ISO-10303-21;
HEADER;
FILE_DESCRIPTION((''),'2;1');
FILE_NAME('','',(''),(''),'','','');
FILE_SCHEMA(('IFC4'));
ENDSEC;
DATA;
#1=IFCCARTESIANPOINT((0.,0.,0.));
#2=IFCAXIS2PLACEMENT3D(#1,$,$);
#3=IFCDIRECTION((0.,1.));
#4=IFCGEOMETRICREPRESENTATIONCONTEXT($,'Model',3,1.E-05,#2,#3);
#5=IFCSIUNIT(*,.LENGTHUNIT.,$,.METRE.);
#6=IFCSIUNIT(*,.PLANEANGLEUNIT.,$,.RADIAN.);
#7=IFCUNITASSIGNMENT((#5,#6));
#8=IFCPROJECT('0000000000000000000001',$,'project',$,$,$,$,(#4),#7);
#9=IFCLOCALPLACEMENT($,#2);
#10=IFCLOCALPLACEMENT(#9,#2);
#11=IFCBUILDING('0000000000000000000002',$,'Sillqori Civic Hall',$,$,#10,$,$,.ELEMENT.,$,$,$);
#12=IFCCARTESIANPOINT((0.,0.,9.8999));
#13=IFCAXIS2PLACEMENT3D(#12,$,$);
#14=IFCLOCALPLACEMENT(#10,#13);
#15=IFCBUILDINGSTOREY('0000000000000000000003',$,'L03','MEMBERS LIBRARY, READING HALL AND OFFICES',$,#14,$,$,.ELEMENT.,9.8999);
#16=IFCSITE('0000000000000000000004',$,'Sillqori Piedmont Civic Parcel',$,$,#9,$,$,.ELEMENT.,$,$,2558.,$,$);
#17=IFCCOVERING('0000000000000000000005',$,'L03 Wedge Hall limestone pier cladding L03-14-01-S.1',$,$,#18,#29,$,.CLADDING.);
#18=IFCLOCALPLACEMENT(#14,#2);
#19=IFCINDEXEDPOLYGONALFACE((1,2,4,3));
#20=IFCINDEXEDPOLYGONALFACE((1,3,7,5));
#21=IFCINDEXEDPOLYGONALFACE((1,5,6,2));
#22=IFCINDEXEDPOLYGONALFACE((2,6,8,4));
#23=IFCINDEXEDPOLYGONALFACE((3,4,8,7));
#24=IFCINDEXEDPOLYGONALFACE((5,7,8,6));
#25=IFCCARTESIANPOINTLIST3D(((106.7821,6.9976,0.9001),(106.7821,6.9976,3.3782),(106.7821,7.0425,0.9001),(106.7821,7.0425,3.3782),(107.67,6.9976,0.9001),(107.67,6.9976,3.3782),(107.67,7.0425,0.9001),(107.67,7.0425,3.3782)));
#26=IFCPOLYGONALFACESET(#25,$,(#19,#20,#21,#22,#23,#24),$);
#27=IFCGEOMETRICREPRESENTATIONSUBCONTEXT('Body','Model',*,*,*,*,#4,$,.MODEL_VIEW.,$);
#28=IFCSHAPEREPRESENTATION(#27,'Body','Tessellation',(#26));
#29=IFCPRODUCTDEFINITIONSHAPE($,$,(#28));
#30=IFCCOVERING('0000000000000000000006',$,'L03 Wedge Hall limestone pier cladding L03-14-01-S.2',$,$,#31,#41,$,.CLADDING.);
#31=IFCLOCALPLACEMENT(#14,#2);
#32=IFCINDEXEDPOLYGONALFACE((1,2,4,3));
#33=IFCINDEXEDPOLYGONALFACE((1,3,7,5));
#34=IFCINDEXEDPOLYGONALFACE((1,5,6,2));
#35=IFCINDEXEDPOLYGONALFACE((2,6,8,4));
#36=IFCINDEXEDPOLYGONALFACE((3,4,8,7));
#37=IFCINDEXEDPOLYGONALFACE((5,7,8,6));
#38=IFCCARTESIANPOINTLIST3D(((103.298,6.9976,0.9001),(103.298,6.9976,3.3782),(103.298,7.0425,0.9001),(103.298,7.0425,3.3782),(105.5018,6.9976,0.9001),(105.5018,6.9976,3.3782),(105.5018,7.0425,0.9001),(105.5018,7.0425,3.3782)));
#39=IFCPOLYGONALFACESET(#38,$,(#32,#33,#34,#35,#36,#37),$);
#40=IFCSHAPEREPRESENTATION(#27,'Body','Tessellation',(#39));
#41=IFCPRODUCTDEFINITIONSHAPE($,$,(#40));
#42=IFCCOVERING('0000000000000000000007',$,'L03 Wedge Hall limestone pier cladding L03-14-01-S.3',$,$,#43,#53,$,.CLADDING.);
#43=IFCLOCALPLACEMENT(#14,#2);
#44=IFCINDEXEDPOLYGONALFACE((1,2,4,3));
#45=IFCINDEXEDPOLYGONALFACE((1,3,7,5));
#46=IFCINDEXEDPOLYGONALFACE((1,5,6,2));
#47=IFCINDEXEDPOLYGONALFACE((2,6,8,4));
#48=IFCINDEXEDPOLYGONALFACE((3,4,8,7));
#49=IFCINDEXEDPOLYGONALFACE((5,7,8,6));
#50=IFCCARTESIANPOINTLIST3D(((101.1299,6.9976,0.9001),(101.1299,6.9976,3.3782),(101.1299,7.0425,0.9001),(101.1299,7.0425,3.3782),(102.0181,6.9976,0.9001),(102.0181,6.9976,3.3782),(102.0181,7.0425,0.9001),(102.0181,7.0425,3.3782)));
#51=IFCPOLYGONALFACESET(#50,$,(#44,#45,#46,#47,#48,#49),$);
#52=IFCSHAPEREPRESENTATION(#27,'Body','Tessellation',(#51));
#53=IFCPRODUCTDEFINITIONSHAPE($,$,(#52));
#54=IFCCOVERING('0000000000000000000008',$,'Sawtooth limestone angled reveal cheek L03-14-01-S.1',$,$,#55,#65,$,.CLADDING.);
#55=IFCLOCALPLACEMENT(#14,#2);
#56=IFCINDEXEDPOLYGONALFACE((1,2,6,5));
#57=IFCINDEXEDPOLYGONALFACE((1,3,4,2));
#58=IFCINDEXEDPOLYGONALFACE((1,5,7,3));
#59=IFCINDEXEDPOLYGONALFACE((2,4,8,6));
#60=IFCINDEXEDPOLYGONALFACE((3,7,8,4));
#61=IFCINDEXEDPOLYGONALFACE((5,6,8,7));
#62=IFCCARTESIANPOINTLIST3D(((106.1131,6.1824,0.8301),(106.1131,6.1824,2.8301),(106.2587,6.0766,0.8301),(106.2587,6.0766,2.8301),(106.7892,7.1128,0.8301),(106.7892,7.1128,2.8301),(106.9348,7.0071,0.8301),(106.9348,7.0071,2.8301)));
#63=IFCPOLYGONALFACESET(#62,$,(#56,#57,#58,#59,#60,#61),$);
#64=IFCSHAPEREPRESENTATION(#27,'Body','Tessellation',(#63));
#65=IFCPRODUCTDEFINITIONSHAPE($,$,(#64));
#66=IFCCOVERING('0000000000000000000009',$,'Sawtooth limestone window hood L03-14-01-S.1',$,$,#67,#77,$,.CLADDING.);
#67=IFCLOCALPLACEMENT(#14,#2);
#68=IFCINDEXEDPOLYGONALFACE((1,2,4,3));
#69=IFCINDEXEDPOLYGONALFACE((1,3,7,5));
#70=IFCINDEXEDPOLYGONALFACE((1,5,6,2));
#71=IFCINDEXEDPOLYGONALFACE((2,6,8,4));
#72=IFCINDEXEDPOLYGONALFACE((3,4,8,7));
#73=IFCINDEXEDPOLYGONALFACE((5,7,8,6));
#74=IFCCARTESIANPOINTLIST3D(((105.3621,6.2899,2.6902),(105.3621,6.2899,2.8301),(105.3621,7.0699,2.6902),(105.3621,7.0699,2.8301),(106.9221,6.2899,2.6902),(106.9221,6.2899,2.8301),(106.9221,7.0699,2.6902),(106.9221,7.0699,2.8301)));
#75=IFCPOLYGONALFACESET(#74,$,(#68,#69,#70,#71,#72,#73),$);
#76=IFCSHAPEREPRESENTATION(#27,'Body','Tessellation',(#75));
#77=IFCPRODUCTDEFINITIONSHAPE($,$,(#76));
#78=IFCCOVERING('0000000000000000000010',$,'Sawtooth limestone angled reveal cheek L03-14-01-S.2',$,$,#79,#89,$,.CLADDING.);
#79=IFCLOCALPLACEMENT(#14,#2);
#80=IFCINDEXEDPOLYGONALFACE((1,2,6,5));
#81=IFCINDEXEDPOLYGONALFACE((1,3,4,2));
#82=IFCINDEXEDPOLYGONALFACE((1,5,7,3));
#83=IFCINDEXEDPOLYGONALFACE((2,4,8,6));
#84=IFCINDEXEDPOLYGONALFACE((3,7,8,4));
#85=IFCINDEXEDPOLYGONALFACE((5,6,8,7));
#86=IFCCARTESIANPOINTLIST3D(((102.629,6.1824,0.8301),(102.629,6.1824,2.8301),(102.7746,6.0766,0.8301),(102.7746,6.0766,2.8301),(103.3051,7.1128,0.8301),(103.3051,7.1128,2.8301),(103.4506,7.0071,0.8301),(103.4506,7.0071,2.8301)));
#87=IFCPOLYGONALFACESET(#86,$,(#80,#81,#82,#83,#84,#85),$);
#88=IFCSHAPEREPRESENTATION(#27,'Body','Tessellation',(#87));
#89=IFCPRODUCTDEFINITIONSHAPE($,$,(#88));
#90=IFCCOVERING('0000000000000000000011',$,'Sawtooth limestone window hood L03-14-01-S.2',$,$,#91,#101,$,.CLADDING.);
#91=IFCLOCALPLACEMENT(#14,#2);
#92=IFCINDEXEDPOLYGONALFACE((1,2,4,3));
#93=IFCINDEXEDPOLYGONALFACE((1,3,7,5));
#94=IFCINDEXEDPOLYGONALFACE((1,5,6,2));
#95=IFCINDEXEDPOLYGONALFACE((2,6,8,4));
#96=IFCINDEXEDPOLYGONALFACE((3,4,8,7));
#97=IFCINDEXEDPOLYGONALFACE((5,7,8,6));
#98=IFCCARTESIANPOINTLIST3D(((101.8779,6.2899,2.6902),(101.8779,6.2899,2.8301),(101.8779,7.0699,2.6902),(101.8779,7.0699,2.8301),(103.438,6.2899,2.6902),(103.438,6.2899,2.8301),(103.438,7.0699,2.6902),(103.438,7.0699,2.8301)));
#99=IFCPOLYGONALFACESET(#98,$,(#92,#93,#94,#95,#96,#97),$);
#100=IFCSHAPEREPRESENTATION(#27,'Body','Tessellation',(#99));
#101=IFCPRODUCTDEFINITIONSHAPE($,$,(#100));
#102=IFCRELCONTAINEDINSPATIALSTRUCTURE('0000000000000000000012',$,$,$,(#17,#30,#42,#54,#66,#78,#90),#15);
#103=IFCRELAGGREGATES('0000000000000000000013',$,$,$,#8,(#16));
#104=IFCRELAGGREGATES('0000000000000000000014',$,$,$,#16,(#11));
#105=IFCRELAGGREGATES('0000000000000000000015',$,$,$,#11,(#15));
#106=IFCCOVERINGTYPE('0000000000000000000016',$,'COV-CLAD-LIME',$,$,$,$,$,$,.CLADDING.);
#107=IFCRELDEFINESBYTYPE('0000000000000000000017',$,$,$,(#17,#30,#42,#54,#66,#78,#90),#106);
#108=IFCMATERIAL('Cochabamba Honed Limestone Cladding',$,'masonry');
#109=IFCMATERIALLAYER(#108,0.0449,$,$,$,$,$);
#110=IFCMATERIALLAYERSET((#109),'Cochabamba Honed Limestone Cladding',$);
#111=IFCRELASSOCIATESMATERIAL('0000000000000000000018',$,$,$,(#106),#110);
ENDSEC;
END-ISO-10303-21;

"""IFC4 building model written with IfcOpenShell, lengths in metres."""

from ifc_helpers import new_model, si_unit, direction, frame, frame_2d, origin, place, context, subcontext, project, spatial, rectangle, extrude, material, layer, layer_set, type_object, element, save


model = new_model("IFC4")

# Units and contexts
model_context = context("Model", 3, precision=1e-05, world=origin(), true_north=direction((0.0, 1.0)))
body_context = subcontext(model_context, "Body", "Model", "MODEL_VIEW")
ifc_project = project(units=[si_unit("LENGTHUNIT", "METRE"), si_unit("PLANEANGLEUNIT", "RADIAN")], contexts=[model_context])

# Site, building, storey
site_placement = place(None, origin())
site = spatial("IfcSite", under=ifc_project, at=site_placement, Name="Sillqori Piedmont Civic Parcel", CompositionType="ELEMENT", RefElevation=2558.0)
building_placement = place(site_placement, origin())
building = spatial("IfcBuilding", under=site, at=building_placement, Name="Sillqori Civic Hall", CompositionType="ELEMENT")
storey_placement = place(building_placement, frame((0.0, 0.0, 9.8999)))
storey = spatial("IfcBuildingStorey", under=building, at=storey_placement, Name="L03", Description="MEMBERS LIBRARY, READING HALL AND OFFICES", CompositionType="ELEMENT", Elevation=9.8999)

# Coverings
ifc_material_1 = material(Name="Cochabamba Honed Limestone Cladding", Category="masonry")
ifc_layer_1 = layer(ifc_material_1, 0.0449)
ifc_layer_set_1 = layer_set([ifc_layer_1], Name="Cochabamba Honed Limestone Cladding")
covering_type = type_object("IfcCoveringType", Name="COV-CLAD-LIME", PredefinedType="CLADDING", material=ifc_layer_set_1)
covering_1_placement = place(storey_placement, frame((107.6699, 7.02, 0.9001), z_axis=(0.0, 0.0, 1.0), x_axis=(-1.0, 0.0, 0.0)))
element("IfcCovering", 1, at=covering_1_placement, inside=storey, type_object=covering_type, Name="L03 Wedge Hall limestone pier cladding L03-14-01-S.1", PredefinedType="CLADDING", context=body_context, shape_type="SweptSolid", body=[
    extrude(rectangle(XDim=0.8879, YDim=0.0449, at=frame_2d((0.4438, 0.0))), origin(), (0.0, 0.0, 1.0), 2.478),
])
covering_2_placement = place(storey_placement, frame((105.502, 7.02, 0.9001), z_axis=(0.0, 0.0, 1.0), x_axis=(-1.0, 0.0, 0.0)))
element("IfcCovering", 2, at=covering_2_placement, inside=storey, type_object=covering_type, Name="L03 Wedge Hall limestone pier cladding L03-14-01-S.2", PredefinedType="CLADDING", context=body_context, shape_type="SweptSolid", body=[
    extrude(rectangle(XDim=2.2039, YDim=0.0449, at=frame_2d((1.1021, 0.0))), origin(), (0.0, 0.0, 1.0), 2.478),
])
covering_3_placement = place(storey_placement, frame((102.0181, 7.02, 0.9001), z_axis=(0.0, 0.0, 1.0), x_axis=(-1.0, 0.0, 0.0)))
element("IfcCovering", 3, at=covering_3_placement, inside=storey, type_object=covering_type, Name="L03 Wedge Hall limestone pier cladding L03-14-01-S.3", PredefinedType="CLADDING", context=body_context, shape_type="SweptSolid", body=[
    extrude(rectangle(XDim=0.8882, YDim=0.0449, at=frame_2d((0.4441, 0.0))), origin(), (0.0, 0.0, 1.0), 2.478),
])
covering_4_placement = place(storey_placement, frame((106.8621, 7.0601, 0.8301), z_axis=(0.0, 0.0, 1.0), x_axis=(-0.587806, -0.809002, 0.0)))
element("IfcCovering", 4, at=covering_4_placement, inside=storey, type_object=covering_type, Name="Sawtooth limestone angled reveal cheek L03-14-01-S.1", PredefinedType="CLADDING", context=body_context, shape_type="SweptSolid", body=[
    extrude(rectangle(XDim=1.1501, YDim=0.1799, at=frame_2d((0.5752, 0.0))), origin(), (0.0, 0.0, 1.0), 2.0),
])
covering_5_placement = place(storey_placement, frame((106.9221, 6.6799, 2.6902), z_axis=(0.0, 0.0, 1.0), x_axis=(-1.0, 0.0, 0.0)))
element("IfcCovering", 5, at=covering_5_placement, inside=storey, type_object=covering_type, Name="Sawtooth limestone window hood L03-14-01-S.1", PredefinedType="CLADDING", context=body_context, shape_type="SweptSolid", body=[
    extrude(rectangle(XDim=1.5601, YDim=0.78, at=frame_2d((0.78, 0.0))), origin(), (0.0, 0.0, 1.0), 0.1399),
])
covering_6_placement = place(storey_placement, frame((103.3779, 7.0601, 0.8301), z_axis=(0.0, 0.0, 1.0), x_axis=(-0.587806, -0.809002, 0.0)))
element("IfcCovering", 6, at=covering_6_placement, inside=storey, type_object=covering_type, Name="Sawtooth limestone angled reveal cheek L03-14-01-S.2", PredefinedType="CLADDING", context=body_context, shape_type="SweptSolid", body=[
    extrude(rectangle(XDim=1.1501, YDim=0.1799, at=frame_2d((0.5752, 0.0))), origin(), (0.0, 0.0, 1.0), 2.0),
])
covering_7_placement = place(storey_placement, frame((103.438, 6.6799, 2.6902), z_axis=(0.0, 0.0, 1.0), x_axis=(-1.0, 0.0, 0.0)))
element("IfcCovering", 7, at=covering_7_placement, inside=storey, type_object=covering_type, Name="Sawtooth limestone window hood L03-14-01-S.2", PredefinedType="CLADDING", context=body_context, shape_type="SweptSolid", body=[
    extrude(rectangle(XDim=1.5601, YDim=0.78, at=frame_2d((0.78, 0.0))), origin(), (0.0, 0.0, 1.0), 0.1399),
])

save(model, "model.ifc")
